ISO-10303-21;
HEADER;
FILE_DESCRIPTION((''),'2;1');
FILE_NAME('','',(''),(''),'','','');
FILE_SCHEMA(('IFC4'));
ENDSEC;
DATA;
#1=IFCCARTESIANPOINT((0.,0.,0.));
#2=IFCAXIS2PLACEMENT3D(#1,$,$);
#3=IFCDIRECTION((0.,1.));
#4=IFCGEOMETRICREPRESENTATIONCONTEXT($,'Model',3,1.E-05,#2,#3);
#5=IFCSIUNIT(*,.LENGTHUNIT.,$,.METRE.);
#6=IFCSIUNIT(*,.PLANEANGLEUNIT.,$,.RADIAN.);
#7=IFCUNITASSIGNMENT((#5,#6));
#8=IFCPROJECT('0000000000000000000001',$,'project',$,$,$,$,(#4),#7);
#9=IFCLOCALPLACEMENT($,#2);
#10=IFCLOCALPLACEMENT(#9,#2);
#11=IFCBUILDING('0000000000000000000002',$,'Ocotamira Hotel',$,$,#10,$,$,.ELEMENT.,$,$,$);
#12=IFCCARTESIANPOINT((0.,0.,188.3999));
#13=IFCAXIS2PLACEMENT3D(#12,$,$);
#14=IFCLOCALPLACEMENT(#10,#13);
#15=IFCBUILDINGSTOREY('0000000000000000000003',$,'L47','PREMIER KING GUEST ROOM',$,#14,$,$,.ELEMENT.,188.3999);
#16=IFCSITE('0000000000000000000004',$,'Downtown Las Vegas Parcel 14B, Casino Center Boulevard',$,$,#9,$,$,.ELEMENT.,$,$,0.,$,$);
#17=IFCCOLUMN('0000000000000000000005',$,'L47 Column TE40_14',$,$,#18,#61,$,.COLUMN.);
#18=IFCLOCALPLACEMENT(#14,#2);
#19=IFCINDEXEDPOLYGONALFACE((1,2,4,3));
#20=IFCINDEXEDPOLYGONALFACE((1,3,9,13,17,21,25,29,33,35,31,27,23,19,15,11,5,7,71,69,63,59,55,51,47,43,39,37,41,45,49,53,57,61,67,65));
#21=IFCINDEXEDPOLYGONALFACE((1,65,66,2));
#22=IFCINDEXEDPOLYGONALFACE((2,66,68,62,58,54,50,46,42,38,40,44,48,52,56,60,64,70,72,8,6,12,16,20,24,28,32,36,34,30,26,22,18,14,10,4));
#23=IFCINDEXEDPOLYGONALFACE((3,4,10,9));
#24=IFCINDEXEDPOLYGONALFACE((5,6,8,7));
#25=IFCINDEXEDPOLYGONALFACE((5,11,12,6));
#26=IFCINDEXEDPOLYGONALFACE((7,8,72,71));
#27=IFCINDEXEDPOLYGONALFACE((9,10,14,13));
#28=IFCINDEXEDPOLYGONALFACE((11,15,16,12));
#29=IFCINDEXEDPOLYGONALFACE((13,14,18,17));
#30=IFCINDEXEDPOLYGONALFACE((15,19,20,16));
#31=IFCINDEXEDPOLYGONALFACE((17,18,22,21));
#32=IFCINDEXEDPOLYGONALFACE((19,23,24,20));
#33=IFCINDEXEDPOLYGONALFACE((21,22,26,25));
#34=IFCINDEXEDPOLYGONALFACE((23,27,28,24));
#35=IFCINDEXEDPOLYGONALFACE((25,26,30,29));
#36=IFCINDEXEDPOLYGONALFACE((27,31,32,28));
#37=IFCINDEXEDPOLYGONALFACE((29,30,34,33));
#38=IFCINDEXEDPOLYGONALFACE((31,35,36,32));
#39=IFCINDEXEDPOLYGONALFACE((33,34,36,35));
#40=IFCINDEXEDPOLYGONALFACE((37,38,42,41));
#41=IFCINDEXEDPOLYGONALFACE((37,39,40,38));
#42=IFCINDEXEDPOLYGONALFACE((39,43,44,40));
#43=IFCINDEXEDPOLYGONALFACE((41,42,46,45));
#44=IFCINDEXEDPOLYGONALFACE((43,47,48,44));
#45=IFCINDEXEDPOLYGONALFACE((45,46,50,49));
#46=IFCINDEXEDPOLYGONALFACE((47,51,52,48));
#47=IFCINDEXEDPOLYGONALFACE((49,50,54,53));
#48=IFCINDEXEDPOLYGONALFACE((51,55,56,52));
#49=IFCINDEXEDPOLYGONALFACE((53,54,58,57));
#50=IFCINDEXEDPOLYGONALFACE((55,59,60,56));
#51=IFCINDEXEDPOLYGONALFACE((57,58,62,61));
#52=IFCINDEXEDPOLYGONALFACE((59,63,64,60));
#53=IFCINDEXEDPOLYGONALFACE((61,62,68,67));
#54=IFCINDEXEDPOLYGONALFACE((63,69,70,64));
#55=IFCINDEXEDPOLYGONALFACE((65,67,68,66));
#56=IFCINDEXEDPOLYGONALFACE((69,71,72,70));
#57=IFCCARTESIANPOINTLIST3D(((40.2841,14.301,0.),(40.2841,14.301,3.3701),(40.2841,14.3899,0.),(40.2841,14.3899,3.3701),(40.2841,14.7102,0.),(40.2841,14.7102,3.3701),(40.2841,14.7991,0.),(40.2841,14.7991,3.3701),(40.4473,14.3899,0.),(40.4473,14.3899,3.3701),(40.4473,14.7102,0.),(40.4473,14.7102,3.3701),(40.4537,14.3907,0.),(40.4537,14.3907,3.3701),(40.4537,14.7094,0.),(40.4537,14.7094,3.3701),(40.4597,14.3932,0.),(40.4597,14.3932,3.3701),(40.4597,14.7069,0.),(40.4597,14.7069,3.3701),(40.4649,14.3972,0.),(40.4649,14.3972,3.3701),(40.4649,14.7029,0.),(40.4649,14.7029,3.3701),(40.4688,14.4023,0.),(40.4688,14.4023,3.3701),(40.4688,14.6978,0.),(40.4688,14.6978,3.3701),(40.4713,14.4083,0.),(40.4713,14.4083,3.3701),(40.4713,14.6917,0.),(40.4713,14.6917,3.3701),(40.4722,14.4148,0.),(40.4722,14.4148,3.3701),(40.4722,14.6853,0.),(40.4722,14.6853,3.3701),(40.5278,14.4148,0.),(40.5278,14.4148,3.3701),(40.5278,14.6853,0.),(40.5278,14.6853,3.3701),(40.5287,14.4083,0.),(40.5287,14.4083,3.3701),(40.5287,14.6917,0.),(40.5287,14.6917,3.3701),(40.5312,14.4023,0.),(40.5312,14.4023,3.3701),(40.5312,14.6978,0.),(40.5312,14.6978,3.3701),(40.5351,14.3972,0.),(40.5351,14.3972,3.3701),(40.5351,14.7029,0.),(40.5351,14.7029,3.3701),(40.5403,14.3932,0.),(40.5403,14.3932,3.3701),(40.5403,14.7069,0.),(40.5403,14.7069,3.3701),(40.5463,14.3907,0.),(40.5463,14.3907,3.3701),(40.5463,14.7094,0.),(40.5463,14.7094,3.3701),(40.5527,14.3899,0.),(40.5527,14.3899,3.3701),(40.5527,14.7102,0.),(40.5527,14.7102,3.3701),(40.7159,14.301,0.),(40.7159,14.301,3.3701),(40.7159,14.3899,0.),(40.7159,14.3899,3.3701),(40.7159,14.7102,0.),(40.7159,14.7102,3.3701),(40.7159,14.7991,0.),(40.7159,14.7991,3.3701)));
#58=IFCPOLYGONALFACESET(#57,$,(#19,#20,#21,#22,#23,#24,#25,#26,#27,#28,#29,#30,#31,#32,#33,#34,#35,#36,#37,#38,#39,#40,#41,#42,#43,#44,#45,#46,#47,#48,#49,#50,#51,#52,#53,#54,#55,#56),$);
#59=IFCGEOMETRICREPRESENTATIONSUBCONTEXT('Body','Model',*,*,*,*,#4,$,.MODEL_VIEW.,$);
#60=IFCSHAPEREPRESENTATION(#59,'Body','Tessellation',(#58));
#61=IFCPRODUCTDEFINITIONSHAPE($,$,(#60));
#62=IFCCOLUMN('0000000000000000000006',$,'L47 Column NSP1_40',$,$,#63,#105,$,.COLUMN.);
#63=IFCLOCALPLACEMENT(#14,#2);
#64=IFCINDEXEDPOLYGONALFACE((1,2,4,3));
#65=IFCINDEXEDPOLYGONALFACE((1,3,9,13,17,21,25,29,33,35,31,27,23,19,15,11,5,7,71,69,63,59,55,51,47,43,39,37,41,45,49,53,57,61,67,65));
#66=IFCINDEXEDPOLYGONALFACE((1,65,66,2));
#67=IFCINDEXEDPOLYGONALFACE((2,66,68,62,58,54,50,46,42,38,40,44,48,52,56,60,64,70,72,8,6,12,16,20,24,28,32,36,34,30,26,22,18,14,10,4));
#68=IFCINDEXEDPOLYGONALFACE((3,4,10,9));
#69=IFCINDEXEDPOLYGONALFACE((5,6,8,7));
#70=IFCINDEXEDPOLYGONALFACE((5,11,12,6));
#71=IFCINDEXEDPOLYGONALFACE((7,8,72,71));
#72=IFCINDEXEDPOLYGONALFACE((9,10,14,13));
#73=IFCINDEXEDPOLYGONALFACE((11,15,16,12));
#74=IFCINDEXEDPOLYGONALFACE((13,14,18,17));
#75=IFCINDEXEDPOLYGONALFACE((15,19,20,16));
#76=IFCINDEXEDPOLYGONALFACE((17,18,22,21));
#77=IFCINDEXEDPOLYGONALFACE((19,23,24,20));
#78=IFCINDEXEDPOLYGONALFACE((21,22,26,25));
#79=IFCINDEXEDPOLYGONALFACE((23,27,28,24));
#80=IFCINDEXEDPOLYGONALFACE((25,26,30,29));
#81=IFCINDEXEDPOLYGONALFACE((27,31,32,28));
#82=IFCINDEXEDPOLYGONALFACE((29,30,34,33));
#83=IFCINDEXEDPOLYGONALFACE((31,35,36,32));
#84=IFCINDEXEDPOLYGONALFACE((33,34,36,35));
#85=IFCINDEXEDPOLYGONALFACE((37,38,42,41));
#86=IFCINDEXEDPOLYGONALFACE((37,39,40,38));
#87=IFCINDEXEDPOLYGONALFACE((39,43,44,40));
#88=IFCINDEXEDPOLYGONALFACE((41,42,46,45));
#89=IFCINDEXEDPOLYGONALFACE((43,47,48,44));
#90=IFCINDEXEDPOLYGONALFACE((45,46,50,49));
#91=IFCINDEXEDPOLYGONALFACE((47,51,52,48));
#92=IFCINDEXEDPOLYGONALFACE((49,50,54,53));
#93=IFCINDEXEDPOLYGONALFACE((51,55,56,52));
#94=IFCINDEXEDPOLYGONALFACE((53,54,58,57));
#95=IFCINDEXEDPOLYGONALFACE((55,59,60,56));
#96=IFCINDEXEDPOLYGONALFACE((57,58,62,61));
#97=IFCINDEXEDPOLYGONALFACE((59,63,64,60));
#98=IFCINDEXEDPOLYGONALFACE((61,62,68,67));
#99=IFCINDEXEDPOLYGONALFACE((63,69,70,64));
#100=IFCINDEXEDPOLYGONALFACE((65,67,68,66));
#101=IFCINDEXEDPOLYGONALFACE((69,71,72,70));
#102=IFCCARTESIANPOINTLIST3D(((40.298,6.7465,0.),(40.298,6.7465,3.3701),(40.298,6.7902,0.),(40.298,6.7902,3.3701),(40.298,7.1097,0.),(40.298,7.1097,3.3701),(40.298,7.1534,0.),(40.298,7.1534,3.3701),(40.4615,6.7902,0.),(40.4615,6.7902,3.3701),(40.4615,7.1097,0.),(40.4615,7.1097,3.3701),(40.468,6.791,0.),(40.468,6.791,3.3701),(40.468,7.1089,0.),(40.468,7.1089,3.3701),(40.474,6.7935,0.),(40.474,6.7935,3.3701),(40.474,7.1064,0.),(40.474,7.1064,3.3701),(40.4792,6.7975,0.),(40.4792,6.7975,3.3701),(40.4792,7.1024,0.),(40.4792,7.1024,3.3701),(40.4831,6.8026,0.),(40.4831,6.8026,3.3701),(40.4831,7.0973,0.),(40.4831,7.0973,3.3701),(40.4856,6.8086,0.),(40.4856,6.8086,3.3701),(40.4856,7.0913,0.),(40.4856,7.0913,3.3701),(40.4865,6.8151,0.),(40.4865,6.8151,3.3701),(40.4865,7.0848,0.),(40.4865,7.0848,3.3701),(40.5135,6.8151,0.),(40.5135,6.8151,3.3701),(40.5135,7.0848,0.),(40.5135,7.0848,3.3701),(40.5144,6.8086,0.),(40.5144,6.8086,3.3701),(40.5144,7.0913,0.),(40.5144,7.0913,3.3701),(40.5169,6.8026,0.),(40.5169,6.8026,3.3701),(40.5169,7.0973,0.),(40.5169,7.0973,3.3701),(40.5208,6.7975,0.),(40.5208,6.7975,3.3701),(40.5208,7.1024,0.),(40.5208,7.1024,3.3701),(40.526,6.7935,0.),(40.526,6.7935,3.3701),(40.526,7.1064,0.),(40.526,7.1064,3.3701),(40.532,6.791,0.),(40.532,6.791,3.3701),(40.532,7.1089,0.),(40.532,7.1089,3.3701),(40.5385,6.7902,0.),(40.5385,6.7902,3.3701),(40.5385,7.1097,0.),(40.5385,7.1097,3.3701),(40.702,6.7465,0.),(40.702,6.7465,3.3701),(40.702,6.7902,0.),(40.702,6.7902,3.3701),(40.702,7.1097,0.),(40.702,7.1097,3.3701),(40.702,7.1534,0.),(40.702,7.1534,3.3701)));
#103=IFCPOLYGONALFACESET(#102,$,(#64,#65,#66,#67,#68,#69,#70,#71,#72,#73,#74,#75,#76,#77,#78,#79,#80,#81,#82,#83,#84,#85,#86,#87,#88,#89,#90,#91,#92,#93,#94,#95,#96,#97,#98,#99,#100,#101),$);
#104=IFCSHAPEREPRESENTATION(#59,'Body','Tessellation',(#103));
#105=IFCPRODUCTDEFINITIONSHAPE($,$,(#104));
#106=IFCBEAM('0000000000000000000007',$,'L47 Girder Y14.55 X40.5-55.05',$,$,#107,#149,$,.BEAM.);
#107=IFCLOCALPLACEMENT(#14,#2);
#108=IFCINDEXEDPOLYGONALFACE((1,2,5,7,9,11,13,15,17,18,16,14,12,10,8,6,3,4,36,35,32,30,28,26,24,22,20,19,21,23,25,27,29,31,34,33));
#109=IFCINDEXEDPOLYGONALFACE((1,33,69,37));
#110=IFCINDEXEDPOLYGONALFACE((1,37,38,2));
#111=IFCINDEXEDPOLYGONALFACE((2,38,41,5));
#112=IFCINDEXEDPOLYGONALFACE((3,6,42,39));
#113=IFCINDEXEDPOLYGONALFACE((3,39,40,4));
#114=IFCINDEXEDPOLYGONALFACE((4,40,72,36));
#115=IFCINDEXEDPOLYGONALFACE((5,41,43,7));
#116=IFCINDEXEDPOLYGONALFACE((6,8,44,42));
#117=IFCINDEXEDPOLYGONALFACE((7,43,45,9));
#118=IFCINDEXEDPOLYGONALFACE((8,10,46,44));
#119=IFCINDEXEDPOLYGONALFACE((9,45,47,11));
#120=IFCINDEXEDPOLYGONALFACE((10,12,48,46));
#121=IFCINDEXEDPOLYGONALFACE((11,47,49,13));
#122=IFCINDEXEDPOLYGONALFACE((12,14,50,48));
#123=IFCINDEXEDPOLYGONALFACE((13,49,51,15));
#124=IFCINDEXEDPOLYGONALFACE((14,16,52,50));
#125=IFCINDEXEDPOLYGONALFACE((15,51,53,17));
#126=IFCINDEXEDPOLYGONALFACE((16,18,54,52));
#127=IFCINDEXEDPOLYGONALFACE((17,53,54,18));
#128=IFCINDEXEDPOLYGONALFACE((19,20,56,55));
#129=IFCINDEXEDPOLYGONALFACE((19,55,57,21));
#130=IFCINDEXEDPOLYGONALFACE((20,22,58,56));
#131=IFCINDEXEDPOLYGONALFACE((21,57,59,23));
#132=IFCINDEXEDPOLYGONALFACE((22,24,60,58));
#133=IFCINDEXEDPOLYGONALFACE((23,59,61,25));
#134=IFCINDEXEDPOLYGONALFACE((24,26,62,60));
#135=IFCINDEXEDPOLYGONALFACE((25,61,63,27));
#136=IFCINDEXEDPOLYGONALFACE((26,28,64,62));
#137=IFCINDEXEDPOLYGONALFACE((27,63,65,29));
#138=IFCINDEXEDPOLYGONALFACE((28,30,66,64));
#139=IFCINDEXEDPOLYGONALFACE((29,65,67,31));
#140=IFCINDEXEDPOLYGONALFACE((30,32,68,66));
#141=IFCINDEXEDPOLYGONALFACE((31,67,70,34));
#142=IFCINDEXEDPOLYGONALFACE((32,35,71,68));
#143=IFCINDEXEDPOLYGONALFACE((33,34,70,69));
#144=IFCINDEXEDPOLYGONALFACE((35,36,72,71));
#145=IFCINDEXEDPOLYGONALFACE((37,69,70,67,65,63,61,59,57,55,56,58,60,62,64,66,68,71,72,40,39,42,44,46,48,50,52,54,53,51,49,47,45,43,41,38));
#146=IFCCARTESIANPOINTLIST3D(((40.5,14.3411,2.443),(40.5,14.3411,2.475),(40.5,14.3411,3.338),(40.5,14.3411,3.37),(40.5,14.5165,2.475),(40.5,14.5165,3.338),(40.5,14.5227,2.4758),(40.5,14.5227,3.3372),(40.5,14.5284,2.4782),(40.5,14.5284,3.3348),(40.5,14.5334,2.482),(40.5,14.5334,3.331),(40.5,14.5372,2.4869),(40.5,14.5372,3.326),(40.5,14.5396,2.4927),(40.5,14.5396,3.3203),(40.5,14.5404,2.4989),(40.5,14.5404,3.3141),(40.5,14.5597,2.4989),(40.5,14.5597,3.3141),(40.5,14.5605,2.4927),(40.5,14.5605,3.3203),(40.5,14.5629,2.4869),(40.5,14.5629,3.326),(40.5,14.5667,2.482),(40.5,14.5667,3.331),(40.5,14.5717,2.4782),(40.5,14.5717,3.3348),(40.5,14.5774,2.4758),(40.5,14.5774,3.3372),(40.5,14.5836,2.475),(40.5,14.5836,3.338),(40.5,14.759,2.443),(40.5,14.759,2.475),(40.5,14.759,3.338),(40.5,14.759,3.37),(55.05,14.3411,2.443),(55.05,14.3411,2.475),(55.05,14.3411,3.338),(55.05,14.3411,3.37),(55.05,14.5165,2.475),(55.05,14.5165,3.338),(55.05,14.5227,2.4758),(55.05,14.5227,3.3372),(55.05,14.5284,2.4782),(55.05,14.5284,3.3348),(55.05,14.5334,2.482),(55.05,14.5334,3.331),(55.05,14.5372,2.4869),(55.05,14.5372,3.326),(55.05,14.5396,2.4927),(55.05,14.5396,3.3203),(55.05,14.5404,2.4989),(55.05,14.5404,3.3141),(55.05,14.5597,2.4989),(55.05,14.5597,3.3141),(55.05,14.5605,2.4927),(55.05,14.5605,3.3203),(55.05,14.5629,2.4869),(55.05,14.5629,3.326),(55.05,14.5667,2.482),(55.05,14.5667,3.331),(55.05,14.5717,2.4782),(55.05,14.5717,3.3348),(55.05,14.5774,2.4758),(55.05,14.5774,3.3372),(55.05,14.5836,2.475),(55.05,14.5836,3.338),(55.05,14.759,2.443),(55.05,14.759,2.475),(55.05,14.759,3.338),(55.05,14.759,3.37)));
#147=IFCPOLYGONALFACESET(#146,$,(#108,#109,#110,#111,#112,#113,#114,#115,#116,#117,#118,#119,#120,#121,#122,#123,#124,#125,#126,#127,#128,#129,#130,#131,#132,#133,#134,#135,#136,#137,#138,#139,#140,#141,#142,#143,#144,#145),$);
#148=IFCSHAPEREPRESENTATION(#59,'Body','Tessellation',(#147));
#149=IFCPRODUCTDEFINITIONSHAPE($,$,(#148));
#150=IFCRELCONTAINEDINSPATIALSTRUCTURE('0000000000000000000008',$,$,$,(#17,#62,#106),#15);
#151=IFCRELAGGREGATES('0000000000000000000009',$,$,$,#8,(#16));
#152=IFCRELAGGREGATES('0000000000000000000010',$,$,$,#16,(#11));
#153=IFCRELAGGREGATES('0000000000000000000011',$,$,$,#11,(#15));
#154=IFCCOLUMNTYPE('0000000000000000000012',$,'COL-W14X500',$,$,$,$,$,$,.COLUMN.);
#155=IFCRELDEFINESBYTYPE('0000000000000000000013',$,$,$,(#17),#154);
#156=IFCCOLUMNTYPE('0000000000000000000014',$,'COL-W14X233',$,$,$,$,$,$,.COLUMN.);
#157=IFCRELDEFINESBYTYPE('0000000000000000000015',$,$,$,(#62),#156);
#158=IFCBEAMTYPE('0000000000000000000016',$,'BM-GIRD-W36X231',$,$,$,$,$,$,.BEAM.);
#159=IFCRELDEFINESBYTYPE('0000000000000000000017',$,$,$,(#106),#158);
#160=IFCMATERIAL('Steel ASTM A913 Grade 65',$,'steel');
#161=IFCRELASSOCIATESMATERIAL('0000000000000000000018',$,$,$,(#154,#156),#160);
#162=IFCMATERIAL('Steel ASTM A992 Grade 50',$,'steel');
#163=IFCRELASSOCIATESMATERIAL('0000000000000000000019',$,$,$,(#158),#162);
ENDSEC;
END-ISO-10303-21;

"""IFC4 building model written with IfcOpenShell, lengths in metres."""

from ifc_helpers import new_model, si_unit, direction, frame, origin, origin_2d, place, context, subcontext, project, spatial, i_section, extrude, source, transform, mapped, material, material_profile, profile_set, type_object, element, save


model = new_model("IFC4")

# Units and contexts
model_context = context("Model", 3, precision=1e-05, world=origin(), true_north=direction((0.0, 1.0)))
body_context = subcontext(model_context, "Body", "Model", "MODEL_VIEW")
ifc_project = project(units=[si_unit("LENGTHUNIT", "METRE"), si_unit("PLANEANGLEUNIT", "RADIAN")], contexts=[model_context])

# Site, building, storey
site_placement = place(None, origin())
site = spatial("IfcSite", under=ifc_project, at=site_placement, Name="Downtown Las Vegas Parcel 14B, Casino Center Boulevard", CompositionType="ELEMENT", RefElevation=0.0)
building_placement = place(site_placement, origin())
building = spatial("IfcBuilding", under=site, at=building_placement, Name="Ocotamira Hotel", CompositionType="ELEMENT")
storey_placement = place(building_placement, frame((0.0, 0.0, 188.3999)))
storey = spatial("IfcBuildingStorey", under=building, at=storey_placement, Name="L47", Description="PREMIER KING GUEST ROOM", CompositionType="ELEMENT", Elevation=188.3999)

# Columns
ifc_material_1 = material(Name="Steel ASTM A913 Grade 65", Category="steel")
ifc_material_profile_1 = material_profile(ifc_material_1, i_section(OverallWidth=0.4319, OverallDepth=0.498, WebThickness=0.0557, FlangeThickness=0.0889, FilletRadius=0.0249, at=origin_2d()), Name="W14X500")
ifc_profile_set_1 = profile_set([ifc_material_profile_1], Name="Steel ASTM A913 Grade 65")
column_type_1 = type_object("IfcColumnType", Name="COL-W14X500", PredefinedType="COLUMN", material=ifc_profile_set_1)
shared_shape_1 = source(origin(), body_context, "Body", "SweptSolid", [
    extrude(i_section(OverallWidth=0.4319, OverallDepth=0.498, WebThickness=0.0557, FlangeThickness=0.0889, FilletRadius=0.0249, at=origin_2d()), origin(), (0.0, 0.0, 1.0), 3.3701),
])
column_1_placement = place(storey_placement, frame((40.5, 14.55, 0.0), z_axis=(0.0, 0.0, 1.0), x_axis=(1.0, 0.0, 0.0)))
element("IfcColumn", 1, at=column_1_placement, inside=storey, type_object=column_type_1, Name="L47 Column TE40_14", PredefinedType="COLUMN", context=body_context, shape_type="MappedRepresentation", body=[
    mapped(shared_shape_1, transform((0.0, 0.0, 0.0), scale=1.0)),
])
ifc_material_profile_2 = material_profile(ifc_material_1, i_section(OverallWidth=0.4041, OverallDepth=0.407, WebThickness=0.0271, FlangeThickness=0.0437, FilletRadius=0.0249, at=origin_2d()), Name="W14X233")
ifc_profile_set_2 = profile_set([ifc_material_profile_2], Name="Steel ASTM A913 Grade 65")
column_type_2 = type_object("IfcColumnType", Name="COL-W14X233", PredefinedType="COLUMN", material=ifc_profile_set_2)
shared_shape_2 = source(origin(), body_context, "Body", "SweptSolid", [
    extrude(i_section(OverallWidth=0.4041, OverallDepth=0.407, WebThickness=0.0271, FlangeThickness=0.0437, FilletRadius=0.0249, at=origin_2d()), origin(), (0.0, 0.0, 1.0), 3.3701),
])
column_2_placement = place(storey_placement, frame((40.5, 6.95, 0.0), z_axis=(0.0, 0.0, 1.0), x_axis=(1.0, 0.0, 0.0)))
element("IfcColumn", 2, at=column_2_placement, inside=storey, type_object=column_type_2, Name="L47 Column NSP1_40", PredefinedType="COLUMN", context=body_context, shape_type="MappedRepresentation", body=[
    mapped(shared_shape_2, transform((0.0, 0.0, 0.0), scale=1.0)),
])

# Beam
ifc_material_2 = material(Name="Steel ASTM A992 Grade 50", Category="steel")
ifc_material_profile_3 = material_profile(ifc_material_2, i_section(OverallWidth=0.418, OverallDepth=0.927, WebThickness=0.0193, FlangeThickness=0.032, FilletRadius=0.0239, at=origin_2d()), Name="W36X231")
ifc_profile_set_3 = profile_set([ifc_material_profile_3], Name="Steel ASTM A992 Grade 50")
beam_type_1 = type_object("IfcBeamType", Name="BM-GIRD-W36X231", PredefinedType="BEAM", material=ifc_profile_set_3)
shared_shape_3 = source(origin(), body_context, "Body", "SweptSolid", [
    extrude(i_section(OverallWidth=0.418, OverallDepth=0.927, WebThickness=0.0193, FlangeThickness=0.032, FilletRadius=0.0239, at=origin_2d()), origin(), (0.0, 0.0, 1.0), 14.55),
])
beam_1_placement = place(storey_placement, frame((40.5, 14.55, 2.9065), z_axis=(1.0, 0.0, 0.0), x_axis=(0.0, 1.0, 0.0)))
element("IfcBeam", 3, at=beam_1_placement, inside=storey, type_object=beam_type_1, Name="L47 Girder Y14.55 X40.5-55.05", PredefinedType="BEAM", context=body_context, shape_type="MappedRepresentation", body=[
    mapped(shared_shape_3, transform((0.0, 0.0, 0.0), scale=1.0)),
])

save(model, "model.ifc")
